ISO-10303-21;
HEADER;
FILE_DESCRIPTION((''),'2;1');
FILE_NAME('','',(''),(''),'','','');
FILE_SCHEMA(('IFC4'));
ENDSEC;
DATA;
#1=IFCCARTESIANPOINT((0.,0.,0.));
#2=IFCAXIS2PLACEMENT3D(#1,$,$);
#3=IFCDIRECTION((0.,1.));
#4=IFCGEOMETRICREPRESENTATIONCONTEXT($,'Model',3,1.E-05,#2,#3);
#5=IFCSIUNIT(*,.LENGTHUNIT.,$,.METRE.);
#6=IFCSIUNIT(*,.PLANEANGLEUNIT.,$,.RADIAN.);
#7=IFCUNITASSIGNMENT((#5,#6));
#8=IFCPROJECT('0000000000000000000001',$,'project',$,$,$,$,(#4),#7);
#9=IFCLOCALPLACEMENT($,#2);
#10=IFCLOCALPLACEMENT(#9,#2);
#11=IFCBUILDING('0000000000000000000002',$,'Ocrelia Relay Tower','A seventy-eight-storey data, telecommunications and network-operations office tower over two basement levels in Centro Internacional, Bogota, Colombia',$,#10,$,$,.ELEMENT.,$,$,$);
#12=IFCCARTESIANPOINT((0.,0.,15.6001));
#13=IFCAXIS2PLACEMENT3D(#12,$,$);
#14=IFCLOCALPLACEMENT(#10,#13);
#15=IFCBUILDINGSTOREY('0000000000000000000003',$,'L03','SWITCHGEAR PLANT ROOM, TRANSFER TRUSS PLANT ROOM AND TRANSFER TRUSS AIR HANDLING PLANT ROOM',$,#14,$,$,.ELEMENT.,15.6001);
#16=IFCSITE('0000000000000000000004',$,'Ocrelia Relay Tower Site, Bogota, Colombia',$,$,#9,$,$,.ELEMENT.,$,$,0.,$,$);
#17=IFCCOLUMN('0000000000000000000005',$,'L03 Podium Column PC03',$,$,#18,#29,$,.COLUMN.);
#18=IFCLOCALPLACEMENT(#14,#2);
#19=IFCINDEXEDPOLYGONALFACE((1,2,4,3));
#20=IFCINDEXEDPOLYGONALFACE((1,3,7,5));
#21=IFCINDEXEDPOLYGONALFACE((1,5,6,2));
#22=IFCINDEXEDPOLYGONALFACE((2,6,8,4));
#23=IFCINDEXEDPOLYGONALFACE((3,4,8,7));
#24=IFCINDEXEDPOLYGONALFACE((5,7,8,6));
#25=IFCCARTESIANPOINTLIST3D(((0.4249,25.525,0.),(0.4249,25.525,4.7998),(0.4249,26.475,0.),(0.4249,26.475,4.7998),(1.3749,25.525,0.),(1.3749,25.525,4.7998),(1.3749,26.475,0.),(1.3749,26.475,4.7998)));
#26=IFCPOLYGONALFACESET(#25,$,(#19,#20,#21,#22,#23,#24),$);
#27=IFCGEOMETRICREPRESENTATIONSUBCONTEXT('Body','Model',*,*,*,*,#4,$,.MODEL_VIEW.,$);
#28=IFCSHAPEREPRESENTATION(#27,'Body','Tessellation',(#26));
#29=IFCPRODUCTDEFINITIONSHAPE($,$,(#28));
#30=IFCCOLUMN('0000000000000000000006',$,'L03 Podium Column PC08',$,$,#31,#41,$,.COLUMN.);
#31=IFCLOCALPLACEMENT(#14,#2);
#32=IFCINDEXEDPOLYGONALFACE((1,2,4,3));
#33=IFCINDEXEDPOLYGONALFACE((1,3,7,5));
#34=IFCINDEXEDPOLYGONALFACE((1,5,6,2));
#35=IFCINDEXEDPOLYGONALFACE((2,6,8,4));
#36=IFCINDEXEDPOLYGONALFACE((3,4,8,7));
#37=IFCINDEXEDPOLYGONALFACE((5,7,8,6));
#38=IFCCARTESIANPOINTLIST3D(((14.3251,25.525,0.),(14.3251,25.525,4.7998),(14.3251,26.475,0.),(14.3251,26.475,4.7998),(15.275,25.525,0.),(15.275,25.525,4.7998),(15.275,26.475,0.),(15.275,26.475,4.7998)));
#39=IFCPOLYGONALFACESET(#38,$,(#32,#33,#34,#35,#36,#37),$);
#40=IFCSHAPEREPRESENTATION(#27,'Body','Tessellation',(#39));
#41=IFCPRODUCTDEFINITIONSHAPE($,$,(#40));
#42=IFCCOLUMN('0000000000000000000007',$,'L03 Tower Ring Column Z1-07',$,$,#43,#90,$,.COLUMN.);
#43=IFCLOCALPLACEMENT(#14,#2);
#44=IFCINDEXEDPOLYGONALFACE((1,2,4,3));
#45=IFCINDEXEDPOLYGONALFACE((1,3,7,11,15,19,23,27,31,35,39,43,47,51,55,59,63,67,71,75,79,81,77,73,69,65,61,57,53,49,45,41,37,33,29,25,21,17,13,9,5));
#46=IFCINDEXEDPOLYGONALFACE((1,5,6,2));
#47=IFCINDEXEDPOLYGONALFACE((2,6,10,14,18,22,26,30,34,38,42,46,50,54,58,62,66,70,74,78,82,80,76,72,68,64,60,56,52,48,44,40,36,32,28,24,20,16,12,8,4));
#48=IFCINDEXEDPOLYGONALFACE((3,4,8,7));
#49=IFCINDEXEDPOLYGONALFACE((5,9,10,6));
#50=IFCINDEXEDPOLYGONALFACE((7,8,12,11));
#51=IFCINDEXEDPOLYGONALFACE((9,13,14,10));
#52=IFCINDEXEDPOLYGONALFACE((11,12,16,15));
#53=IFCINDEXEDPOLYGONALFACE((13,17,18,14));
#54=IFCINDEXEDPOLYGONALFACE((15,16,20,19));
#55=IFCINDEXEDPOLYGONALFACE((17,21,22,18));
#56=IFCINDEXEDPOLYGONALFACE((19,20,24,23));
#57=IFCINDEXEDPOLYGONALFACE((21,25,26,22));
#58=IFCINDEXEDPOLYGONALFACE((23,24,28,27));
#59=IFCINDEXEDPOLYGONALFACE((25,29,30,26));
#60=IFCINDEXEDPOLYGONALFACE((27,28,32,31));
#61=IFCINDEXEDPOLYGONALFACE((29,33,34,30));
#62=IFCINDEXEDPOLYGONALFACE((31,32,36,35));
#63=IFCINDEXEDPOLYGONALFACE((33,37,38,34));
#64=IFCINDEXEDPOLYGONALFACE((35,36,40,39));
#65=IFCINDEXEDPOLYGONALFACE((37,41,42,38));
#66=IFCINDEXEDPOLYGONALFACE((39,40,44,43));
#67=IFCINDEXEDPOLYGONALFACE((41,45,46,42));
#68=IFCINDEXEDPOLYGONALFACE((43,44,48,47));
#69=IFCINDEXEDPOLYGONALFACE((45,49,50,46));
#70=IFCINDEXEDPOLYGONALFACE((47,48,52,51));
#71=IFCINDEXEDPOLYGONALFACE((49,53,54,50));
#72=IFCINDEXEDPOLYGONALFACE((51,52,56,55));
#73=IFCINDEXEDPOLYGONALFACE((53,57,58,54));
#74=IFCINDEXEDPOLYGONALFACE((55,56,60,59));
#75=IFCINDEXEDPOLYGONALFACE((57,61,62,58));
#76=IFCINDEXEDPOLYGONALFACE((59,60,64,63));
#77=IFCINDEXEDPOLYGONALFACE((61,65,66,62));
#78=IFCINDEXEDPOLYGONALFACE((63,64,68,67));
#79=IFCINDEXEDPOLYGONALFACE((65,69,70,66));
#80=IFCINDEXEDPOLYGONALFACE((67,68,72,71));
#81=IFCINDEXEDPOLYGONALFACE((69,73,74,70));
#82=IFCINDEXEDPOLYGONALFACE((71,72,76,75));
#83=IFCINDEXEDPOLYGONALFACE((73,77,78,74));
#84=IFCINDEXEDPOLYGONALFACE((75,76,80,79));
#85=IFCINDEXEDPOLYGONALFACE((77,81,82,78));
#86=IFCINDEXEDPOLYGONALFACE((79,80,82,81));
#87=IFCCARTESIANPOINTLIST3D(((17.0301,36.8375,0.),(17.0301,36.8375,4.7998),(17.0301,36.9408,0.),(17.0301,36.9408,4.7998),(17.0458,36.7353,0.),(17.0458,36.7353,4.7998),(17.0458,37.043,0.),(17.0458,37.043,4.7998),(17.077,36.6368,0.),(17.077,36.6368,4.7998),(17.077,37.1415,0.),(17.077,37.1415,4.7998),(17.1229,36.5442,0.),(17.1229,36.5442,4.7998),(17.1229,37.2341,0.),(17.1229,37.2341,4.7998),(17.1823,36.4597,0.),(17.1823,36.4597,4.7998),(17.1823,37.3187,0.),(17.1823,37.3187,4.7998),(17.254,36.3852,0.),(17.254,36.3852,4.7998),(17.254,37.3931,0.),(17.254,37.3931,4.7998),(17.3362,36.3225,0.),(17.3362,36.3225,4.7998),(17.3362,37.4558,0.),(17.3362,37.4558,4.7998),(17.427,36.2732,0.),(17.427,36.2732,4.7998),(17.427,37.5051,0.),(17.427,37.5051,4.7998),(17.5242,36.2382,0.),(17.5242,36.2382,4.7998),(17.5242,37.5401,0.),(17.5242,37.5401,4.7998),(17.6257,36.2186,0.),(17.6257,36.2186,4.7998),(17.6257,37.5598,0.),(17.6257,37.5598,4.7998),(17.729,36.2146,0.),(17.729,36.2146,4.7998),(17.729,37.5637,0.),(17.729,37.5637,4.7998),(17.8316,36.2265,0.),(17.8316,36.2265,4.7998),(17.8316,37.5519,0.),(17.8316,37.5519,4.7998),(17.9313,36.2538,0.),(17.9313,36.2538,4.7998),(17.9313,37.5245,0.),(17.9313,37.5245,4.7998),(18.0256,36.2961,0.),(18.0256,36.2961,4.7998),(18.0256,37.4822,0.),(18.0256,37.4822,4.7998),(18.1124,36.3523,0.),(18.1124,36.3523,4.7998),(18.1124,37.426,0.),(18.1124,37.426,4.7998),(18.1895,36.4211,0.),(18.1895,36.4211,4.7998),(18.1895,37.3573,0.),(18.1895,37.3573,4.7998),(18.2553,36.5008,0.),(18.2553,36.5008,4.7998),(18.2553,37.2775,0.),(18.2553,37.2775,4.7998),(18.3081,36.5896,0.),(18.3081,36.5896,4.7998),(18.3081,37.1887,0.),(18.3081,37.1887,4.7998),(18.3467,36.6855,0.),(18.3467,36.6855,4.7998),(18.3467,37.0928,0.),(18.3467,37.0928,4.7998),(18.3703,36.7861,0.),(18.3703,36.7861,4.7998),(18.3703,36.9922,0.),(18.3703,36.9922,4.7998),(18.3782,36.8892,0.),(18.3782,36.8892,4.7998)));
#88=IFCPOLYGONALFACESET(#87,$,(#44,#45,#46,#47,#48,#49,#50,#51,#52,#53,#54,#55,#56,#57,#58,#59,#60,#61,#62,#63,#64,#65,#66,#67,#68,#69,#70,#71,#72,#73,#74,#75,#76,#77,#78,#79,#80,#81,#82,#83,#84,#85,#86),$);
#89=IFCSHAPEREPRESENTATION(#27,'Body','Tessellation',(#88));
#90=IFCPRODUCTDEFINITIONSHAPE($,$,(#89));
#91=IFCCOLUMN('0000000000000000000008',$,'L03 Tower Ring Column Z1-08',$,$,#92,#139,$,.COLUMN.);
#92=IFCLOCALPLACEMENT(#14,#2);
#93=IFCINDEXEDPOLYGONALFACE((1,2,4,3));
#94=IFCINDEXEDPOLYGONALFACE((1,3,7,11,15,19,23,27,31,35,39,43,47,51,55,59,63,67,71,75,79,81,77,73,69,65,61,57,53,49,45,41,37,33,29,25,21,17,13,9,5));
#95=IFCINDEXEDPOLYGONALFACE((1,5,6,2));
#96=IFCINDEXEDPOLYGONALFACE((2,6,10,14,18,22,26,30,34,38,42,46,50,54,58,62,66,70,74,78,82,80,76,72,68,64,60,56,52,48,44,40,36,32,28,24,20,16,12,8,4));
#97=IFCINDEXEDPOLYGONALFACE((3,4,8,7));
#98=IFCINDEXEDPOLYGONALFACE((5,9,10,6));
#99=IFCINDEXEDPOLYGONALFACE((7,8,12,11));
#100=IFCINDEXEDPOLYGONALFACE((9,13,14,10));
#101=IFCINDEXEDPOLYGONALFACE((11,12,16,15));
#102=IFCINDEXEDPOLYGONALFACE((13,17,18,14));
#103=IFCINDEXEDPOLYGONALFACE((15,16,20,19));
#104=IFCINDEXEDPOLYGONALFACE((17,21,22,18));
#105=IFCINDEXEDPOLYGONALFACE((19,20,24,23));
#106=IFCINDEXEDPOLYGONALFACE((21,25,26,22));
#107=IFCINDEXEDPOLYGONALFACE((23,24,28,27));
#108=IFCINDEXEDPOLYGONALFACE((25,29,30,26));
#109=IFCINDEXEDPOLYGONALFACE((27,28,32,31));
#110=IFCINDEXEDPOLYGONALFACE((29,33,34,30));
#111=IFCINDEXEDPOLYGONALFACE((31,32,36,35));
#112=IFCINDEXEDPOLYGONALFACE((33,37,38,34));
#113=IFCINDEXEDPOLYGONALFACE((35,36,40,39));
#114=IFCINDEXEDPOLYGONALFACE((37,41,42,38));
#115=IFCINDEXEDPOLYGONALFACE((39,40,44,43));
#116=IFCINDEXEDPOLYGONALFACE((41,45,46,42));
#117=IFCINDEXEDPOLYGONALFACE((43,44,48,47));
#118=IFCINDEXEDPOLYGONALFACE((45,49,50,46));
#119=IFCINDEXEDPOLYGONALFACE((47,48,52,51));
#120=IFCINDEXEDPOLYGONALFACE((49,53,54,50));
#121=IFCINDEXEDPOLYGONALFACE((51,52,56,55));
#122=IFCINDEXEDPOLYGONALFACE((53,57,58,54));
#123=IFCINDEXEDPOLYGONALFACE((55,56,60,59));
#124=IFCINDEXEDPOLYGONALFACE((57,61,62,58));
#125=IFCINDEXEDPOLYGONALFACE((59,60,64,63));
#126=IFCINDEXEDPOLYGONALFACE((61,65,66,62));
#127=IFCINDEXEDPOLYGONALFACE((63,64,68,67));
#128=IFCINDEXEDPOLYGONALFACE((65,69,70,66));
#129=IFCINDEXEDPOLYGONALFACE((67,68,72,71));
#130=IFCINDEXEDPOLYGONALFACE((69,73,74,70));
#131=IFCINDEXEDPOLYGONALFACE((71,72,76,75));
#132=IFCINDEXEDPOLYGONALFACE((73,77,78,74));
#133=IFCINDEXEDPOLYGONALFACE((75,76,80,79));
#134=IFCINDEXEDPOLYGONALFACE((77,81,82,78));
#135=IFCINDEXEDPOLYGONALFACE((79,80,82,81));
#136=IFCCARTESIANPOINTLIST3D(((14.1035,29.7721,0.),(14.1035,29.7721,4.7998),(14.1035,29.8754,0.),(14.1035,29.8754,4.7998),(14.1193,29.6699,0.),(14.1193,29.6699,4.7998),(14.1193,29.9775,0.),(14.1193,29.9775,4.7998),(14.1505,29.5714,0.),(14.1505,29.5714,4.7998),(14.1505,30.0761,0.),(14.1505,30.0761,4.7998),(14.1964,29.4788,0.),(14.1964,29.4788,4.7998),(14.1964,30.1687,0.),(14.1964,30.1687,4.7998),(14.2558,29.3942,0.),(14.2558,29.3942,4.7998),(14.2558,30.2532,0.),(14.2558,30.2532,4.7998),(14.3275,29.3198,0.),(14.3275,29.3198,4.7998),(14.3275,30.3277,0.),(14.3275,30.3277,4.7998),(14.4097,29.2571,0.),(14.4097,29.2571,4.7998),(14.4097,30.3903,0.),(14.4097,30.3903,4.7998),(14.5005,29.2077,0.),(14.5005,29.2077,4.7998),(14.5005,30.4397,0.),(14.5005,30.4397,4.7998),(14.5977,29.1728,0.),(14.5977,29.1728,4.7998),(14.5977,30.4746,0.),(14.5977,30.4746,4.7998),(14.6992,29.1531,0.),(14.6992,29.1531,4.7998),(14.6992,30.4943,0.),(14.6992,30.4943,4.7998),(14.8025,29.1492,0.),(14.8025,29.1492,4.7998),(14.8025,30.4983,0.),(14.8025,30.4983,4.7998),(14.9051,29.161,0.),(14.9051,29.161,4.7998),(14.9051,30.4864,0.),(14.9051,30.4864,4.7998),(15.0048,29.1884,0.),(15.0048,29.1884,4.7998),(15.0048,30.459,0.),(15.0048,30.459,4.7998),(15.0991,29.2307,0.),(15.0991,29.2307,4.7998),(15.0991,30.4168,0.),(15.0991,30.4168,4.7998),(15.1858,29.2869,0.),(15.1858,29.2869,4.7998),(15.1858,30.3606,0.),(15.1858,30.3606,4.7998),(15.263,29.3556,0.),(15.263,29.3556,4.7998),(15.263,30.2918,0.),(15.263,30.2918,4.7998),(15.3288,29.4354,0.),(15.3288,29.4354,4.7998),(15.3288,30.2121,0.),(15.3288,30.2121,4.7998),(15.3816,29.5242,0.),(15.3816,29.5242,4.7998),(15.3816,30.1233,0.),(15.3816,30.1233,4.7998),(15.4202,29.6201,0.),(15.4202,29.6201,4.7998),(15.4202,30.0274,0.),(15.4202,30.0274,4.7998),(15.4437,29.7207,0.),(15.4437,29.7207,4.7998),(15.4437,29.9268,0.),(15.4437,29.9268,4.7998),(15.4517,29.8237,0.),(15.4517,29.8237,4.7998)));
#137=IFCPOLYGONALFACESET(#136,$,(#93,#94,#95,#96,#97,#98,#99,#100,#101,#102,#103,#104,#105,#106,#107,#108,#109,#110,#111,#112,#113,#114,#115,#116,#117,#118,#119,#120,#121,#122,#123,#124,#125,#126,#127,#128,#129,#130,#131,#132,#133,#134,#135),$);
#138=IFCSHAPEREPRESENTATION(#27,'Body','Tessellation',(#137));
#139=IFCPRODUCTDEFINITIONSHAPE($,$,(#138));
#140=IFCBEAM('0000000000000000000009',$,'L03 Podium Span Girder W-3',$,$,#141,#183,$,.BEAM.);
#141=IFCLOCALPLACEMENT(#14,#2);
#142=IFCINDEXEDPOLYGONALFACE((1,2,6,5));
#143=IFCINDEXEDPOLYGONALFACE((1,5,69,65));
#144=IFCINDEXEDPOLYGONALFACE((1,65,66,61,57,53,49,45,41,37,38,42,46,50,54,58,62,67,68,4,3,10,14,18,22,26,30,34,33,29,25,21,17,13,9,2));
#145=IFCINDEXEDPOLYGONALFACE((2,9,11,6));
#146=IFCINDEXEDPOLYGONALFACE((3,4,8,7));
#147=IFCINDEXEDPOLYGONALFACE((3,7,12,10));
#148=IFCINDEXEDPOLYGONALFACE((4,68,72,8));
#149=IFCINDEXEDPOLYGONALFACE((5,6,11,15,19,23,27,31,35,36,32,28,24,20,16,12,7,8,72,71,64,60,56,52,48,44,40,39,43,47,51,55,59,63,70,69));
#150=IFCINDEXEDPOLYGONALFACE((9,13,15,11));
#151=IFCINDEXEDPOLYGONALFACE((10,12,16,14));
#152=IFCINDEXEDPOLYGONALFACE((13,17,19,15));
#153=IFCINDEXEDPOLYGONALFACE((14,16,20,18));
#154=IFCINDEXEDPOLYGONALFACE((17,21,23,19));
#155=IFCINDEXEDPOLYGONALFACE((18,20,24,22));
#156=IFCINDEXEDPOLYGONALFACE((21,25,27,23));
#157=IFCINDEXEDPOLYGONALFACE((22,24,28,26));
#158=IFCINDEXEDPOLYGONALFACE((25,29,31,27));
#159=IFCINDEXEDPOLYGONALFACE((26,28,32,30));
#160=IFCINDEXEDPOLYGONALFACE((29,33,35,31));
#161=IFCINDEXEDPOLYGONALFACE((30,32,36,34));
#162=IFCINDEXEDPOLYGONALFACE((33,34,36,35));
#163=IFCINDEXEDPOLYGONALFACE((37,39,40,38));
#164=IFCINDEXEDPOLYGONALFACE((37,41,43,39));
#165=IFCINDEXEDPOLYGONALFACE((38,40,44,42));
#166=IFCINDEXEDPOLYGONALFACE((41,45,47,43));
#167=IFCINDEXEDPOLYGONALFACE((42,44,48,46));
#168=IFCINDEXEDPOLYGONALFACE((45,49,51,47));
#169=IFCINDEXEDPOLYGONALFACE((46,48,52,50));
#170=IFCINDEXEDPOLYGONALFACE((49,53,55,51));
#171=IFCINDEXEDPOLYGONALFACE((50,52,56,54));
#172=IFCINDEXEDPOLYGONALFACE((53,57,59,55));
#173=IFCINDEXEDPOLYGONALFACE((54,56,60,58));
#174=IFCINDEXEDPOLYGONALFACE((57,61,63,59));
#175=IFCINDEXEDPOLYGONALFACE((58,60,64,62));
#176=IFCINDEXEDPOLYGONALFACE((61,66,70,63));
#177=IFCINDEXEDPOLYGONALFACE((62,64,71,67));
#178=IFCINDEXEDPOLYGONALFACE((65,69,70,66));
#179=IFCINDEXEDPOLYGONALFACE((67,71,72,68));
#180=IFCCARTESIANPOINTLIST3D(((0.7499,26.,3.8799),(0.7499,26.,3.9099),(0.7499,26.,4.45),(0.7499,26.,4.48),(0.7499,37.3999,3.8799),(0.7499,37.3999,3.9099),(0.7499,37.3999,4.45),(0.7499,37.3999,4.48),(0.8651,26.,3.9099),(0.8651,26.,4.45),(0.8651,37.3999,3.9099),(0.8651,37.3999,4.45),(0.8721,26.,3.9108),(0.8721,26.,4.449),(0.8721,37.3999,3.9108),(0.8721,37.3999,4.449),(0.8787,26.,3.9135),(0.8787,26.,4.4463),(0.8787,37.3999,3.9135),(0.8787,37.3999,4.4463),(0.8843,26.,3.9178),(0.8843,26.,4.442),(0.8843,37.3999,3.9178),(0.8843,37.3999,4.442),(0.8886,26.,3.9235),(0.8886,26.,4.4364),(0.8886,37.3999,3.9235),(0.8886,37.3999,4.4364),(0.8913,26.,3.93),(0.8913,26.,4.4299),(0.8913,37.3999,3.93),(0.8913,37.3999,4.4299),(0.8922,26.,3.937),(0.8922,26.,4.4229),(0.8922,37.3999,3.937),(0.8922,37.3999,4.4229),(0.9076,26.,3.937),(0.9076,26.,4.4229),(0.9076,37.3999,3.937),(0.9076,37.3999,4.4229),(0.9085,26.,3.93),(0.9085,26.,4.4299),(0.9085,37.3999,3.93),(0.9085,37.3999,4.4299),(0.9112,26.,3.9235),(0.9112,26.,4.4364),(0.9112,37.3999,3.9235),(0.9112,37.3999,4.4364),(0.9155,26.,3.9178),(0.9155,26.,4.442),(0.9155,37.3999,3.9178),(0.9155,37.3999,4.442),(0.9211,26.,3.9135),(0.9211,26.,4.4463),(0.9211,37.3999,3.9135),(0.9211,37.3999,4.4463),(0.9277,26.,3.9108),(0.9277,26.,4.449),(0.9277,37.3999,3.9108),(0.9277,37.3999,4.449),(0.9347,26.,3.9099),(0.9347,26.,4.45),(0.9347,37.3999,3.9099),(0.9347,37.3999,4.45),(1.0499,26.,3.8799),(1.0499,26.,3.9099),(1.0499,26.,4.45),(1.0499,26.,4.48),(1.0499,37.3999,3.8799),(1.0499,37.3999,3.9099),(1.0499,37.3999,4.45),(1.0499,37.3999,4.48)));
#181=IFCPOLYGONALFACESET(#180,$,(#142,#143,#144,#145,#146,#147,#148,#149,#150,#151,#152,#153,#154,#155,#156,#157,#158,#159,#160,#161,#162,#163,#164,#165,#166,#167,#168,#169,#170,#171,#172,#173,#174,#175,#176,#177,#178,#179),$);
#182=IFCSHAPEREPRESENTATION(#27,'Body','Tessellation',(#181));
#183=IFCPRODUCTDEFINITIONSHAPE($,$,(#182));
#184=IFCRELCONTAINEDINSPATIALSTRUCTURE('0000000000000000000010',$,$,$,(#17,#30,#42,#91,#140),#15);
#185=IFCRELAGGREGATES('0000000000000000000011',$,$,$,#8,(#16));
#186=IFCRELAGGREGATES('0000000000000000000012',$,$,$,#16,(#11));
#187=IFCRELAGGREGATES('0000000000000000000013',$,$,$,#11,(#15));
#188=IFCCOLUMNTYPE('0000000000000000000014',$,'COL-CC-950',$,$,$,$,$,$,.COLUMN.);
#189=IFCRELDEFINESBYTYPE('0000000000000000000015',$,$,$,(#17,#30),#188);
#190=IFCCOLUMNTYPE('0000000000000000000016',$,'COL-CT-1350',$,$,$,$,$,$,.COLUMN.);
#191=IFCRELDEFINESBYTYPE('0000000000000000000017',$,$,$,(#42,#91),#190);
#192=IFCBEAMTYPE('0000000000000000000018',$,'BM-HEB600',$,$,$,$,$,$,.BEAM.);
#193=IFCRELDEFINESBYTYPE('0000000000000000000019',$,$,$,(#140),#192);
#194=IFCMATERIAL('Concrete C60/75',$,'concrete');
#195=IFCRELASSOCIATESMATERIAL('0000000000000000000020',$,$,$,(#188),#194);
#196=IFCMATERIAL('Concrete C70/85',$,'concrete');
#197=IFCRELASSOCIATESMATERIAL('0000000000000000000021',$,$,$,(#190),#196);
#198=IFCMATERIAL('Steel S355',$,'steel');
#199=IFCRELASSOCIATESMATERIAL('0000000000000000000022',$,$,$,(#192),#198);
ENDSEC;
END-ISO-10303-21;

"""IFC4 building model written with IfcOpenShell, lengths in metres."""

from ifc_helpers import new_model, si_unit, direction, frame, origin, origin_2d, place, context, subcontext, project, spatial, rectangle, circle, i_section, extrude, material, material_profile, profile_set, type_object, element, save


model = new_model("IFC4")

# Units and contexts
model_context = context("Model", 3, precision=1e-05, world=origin(), true_north=direction((0.0, 1.0)))
body_context = subcontext(model_context, "Body", "Model", "MODEL_VIEW")
ifc_project = project(units=[si_unit("LENGTHUNIT", "METRE"), si_unit("PLANEANGLEUNIT", "RADIAN")], contexts=[model_context])

# Site, building, storey
site_placement = place(None, origin())
site = spatial("IfcSite", under=ifc_project, at=site_placement, Name="Ocrelia Relay Tower Site, Bogota, Colombia", CompositionType="ELEMENT", RefElevation=0.0)
building_placement = place(site_placement, origin())
building = spatial("IfcBuilding", under=site, at=building_placement, Name="Ocrelia Relay Tower", Description="A seventy-eight-storey data, telecommunications and network-operations office tower over two basement levels in Centro Internacional, Bogota, Colombia", CompositionType="ELEMENT")
storey_placement = place(building_placement, frame((0.0, 0.0, 15.6001)))
storey = spatial("IfcBuildingStorey", under=building, at=storey_placement, Name="L03", Description="SWITCHGEAR PLANT ROOM, TRANSFER TRUSS PLANT ROOM AND TRANSFER TRUSS AIR HANDLING PLANT ROOM", CompositionType="ELEMENT", Elevation=15.6001)

# Columns
ifc_material_1 = material(Name="Concrete C60/75", Category="concrete")
ifc_material_profile_1 = material_profile(ifc_material_1, rectangle(XDim=0.95, YDim=0.95, at=origin_2d()), Name="RC-COL-950x950")
ifc_profile_set_1 = profile_set([ifc_material_profile_1], Name="Concrete C60/75")
column_type_1 = type_object("IfcColumnType", Name="COL-CC-950", PredefinedType="COLUMN", material=ifc_profile_set_1)
for number, where, z_axis, x_axis, name in (
    (1, (0.8999, 26.0, 0.0), (0.0, 0.0, 1.0), (1.0, 0.0, 0.0), "L03 Podium Column PC03"),
    (2, (14.8, 26.0, 0.0), (0.0, 0.0, 1.0), (1.0, 0.0, 0.0), "L03 Podium Column PC08"),
):
    element("IfcColumn", number, at=place(storey_placement, frame(where, z_axis=z_axis, x_axis=x_axis)), inside=storey, type_object=column_type_1, Name=name, PredefinedType="COLUMN", context=body_context, shape_type="SweptSolid", body=[
        extrude(rectangle(XDim=0.95, YDim=0.95, at=origin_2d()), origin(), (0.0, 0.0, 1.0), 4.7998),
    ])
ifc_material_2 = material(Name="Concrete C70/85", Category="concrete")
ifc_material_profile_2 = material_profile(ifc_material_2, circle(Radius=0.675, at=origin_2d()), Name="RC-CIR-1350")
ifc_profile_set_2 = profile_set([ifc_material_profile_2], Name="Concrete C70/85")
column_type_2 = type_object("IfcColumnType", Name="COL-CT-1350", PredefinedType="COLUMN", material=ifc_profile_set_2)
for number, where, z_axis, x_axis, name in (
    (3, (17.7031, 36.8892, 0.0), (0.0, 0.0, 1.0), (1.0, 0.0, 0.0), "L03 Tower Ring Column Z1-07"),
    (4, (14.7766, 29.8237, 0.0), (0.0, 0.0, 1.0), (1.0, 0.0, 0.0), "L03 Tower Ring Column Z1-08"),
):
    element("IfcColumn", number, at=place(storey_placement, frame(where, z_axis=z_axis, x_axis=x_axis)), inside=storey, type_object=column_type_2, Name=name, PredefinedType="COLUMN", context=body_context, shape_type="SweptSolid", body=[
        extrude(circle(Radius=0.675, at=origin_2d()), origin(), (0.0, 0.0, 1.0), 4.7998),
    ])

# Beam
ifc_material_3 = material(Name="Steel S355", Category="steel")
ifc_material_profile_3 = material_profile(ifc_material_3, i_section(OverallWidth=0.3, OverallDepth=0.6001, WebThickness=0.0154, FlangeThickness=0.03, FilletRadius=0.0271, at=origin_2d()), Name="HEB 600")
ifc_profile_set_3 = profile_set([ifc_material_profile_3], Name="Steel S355")
beam_type_1 = type_object("IfcBeamType", Name="BM-HEB600", PredefinedType="BEAM", material=ifc_profile_set_3)
for number, where, z_axis, x_axis, name in (
    (5, (0.8999, 26.0, 4.1799), (0.0, 1.0, 0.0), (-1.0, 0.0, 0.0), "L03 Podium Span Girder W-3"),
):
    element("IfcBeam", number, at=place(storey_placement, frame(where, z_axis=z_axis, x_axis=x_axis)), inside=storey, type_object=beam_type_1, Name=name, PredefinedType="BEAM", context=body_context, shape_type="SweptSolid", body=[
        extrude(i_section(OverallWidth=0.3, OverallDepth=0.6001, WebThickness=0.0154, FlangeThickness=0.03, FilletRadius=0.0271, at=origin_2d()), origin(), (0.0, 0.0, 1.0), 11.3999),
    ])

save(model, "model.ifc")
